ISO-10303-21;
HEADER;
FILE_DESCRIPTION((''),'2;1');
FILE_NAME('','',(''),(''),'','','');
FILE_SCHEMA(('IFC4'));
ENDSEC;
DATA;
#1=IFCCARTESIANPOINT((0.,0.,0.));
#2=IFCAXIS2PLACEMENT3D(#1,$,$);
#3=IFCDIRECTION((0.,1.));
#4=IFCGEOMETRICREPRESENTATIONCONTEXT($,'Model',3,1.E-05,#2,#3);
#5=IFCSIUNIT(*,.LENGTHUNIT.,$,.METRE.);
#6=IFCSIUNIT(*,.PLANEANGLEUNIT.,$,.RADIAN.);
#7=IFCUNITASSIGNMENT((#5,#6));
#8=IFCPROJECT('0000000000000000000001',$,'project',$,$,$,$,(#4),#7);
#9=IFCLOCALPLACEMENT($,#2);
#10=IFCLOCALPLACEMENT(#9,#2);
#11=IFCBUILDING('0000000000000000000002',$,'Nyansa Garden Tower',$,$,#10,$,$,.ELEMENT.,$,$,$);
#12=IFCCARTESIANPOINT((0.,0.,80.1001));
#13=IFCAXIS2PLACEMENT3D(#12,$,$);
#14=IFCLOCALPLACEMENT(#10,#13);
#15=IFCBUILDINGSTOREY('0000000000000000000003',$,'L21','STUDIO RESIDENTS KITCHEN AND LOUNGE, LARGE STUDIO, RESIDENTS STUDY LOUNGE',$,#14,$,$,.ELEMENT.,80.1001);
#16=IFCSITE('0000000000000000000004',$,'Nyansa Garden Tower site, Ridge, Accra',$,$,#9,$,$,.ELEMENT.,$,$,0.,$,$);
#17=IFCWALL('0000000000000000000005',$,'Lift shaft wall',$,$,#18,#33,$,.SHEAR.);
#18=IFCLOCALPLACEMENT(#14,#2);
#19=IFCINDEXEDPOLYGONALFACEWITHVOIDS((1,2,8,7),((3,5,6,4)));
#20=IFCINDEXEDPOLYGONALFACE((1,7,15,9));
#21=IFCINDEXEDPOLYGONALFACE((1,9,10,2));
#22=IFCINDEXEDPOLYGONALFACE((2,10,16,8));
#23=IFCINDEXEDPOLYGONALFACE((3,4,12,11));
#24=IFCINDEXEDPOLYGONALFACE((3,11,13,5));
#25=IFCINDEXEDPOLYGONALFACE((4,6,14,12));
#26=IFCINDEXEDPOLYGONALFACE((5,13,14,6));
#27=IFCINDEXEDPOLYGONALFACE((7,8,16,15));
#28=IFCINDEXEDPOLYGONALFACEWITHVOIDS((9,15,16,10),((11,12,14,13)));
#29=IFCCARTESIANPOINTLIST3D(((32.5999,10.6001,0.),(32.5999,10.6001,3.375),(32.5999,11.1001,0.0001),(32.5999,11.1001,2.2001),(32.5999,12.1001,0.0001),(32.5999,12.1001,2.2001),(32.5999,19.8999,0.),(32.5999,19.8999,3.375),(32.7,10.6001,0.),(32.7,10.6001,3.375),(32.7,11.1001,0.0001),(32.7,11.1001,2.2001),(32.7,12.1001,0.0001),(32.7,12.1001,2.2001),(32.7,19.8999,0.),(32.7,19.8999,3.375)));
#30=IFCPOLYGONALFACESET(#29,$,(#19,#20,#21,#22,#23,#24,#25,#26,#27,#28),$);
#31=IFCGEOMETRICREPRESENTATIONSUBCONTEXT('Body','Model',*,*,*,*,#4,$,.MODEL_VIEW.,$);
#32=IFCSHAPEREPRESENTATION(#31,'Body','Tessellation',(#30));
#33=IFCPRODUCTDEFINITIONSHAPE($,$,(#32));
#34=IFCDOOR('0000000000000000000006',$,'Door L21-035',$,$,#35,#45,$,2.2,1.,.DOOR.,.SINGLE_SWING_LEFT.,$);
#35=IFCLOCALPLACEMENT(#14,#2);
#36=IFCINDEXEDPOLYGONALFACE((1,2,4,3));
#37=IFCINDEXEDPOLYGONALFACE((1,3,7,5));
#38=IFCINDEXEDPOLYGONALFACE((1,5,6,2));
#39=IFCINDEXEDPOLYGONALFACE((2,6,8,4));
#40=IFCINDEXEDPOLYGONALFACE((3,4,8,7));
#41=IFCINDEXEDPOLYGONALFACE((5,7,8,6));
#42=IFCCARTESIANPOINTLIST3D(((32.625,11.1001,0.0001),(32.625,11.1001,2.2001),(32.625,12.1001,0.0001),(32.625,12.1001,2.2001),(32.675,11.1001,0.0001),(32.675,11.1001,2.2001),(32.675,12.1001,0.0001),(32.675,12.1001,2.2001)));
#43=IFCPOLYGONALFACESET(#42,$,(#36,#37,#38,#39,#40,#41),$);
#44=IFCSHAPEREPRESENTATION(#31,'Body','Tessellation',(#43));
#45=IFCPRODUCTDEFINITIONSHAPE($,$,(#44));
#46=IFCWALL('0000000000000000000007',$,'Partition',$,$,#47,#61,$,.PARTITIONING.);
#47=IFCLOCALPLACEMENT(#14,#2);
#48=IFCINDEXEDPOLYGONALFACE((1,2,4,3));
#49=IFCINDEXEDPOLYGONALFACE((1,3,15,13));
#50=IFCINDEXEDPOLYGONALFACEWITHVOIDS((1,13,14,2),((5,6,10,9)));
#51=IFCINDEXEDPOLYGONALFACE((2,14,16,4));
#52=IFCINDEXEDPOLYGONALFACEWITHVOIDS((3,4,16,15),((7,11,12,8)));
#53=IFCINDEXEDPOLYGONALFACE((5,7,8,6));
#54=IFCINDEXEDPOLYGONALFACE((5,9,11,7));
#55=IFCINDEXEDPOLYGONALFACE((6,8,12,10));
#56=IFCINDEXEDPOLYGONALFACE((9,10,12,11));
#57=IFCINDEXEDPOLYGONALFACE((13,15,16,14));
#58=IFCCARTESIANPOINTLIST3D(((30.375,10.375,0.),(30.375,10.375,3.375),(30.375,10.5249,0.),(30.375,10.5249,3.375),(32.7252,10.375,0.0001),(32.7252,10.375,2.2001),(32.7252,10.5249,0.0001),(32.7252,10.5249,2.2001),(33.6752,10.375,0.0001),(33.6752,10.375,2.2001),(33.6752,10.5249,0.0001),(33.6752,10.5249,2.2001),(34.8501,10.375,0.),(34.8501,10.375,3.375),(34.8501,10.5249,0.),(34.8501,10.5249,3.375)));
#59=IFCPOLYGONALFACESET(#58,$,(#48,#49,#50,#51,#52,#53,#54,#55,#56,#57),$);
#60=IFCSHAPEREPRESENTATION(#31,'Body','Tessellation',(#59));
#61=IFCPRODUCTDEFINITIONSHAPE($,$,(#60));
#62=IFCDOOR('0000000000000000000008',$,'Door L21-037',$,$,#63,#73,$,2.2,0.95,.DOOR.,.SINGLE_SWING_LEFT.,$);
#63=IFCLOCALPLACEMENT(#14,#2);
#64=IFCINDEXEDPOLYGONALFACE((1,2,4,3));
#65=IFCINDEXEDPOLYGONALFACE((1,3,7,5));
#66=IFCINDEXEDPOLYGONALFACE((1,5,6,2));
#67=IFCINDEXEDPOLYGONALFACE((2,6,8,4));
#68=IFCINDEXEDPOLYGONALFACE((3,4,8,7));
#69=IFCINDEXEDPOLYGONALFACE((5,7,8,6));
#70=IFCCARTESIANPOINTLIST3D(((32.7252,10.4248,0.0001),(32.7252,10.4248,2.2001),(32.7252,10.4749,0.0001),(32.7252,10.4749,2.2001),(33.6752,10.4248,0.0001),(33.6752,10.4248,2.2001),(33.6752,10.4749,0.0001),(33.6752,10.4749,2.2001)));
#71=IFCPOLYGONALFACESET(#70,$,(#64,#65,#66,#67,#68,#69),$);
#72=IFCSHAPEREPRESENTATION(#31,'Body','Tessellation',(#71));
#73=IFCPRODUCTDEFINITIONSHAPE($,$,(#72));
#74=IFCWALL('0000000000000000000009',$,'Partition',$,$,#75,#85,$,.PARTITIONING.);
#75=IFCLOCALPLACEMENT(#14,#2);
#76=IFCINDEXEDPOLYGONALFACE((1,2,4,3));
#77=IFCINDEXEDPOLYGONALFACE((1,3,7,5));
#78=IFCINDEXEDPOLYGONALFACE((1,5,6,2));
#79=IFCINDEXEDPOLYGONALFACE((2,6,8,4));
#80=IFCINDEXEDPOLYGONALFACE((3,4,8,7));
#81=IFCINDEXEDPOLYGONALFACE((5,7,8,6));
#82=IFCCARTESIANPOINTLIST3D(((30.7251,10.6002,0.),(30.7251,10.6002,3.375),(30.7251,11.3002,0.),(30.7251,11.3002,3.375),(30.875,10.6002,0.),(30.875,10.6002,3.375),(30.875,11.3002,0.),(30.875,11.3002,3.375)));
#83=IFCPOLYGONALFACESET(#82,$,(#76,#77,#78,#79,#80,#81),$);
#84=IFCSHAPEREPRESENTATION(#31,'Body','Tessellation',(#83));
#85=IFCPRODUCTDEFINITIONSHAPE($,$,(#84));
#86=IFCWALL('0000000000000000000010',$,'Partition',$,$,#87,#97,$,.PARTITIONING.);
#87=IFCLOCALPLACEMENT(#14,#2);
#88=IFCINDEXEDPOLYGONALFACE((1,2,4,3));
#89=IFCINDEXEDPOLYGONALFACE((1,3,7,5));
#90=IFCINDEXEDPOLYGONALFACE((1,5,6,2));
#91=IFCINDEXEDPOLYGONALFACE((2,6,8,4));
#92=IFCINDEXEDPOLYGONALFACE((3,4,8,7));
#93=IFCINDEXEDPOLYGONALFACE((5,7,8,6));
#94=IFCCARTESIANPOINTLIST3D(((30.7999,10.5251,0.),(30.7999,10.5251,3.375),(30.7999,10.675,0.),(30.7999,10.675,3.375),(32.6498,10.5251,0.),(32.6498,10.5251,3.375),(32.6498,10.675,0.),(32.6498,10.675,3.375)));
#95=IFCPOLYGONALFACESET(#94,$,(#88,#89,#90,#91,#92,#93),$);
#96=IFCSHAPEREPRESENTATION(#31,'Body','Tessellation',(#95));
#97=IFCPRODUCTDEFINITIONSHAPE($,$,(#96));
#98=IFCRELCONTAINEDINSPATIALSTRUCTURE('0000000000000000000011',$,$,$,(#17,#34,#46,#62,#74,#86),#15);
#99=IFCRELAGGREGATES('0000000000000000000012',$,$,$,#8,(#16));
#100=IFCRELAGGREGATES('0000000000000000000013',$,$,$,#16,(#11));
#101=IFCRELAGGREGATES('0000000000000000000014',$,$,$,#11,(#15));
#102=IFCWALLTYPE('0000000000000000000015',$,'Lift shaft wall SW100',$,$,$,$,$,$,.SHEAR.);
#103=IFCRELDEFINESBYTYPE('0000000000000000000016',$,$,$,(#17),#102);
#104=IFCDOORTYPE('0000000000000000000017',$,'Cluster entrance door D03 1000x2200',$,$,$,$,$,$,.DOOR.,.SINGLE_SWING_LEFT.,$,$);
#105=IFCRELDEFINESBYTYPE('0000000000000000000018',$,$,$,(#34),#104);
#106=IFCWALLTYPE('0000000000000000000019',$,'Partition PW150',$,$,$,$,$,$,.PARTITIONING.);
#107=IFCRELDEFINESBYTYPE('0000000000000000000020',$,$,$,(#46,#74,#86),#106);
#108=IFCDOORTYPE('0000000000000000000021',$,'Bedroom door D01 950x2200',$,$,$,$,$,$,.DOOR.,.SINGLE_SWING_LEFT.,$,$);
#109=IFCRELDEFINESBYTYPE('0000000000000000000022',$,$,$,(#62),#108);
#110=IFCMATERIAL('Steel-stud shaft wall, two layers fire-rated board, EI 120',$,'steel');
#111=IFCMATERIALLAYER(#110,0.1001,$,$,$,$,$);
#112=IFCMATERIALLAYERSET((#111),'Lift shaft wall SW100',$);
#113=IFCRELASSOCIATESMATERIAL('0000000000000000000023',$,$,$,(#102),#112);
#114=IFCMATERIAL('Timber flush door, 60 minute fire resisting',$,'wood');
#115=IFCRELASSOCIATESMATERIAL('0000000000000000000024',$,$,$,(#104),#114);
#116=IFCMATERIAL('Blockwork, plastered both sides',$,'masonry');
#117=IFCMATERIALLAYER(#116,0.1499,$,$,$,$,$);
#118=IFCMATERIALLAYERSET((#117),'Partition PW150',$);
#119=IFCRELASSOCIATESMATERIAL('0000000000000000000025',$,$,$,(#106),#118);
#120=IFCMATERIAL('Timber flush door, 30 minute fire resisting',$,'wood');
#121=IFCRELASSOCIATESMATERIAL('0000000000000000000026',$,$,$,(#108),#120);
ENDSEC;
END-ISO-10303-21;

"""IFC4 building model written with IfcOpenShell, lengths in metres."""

from ifc_helpers import new_model, si_unit, direction, frame, frame_2d, origin, place, context, subcontext, project, spatial, rectangle, extrude, material, layer, layer_set, type_object, element, fill, save


model = new_model("IFC4")

# Units and contexts
model_context = context("Model", 3, precision=1e-05, world=origin(), true_north=direction((0.0, 1.0)))
body_context = subcontext(model_context, "Body", "Model", "MODEL_VIEW")
ifc_project = project(units=[si_unit("LENGTHUNIT", "METRE"), si_unit("PLANEANGLEUNIT", "RADIAN")], contexts=[model_context])

# Site, building, storey
site_placement = place(None, origin())
site = spatial("IfcSite", under=ifc_project, at=site_placement, Name="Nyansa Garden Tower site, Ridge, Accra", CompositionType="ELEMENT", RefElevation=0.0)
building_placement = place(site_placement, origin())
building = spatial("IfcBuilding", under=site, at=building_placement, Name="Nyansa Garden Tower", CompositionType="ELEMENT")
storey_placement = place(building_placement, frame((0.0, 0.0, 80.1001)))
storey = spatial("IfcBuildingStorey", under=building, at=storey_placement, Name="L21", Description="STUDIO RESIDENTS KITCHEN AND LOUNGE, LARGE STUDIO, RESIDENTS STUDY LOUNGE", CompositionType="ELEMENT", Elevation=80.1001)

# Shared definitions
ifc_material_1 = material(Name="Steel-stud shaft wall, two layers fire-rated board, EI 120", Category="steel")
ifc_layer_1 = layer(ifc_material_1, 0.1001)
ifc_layer_set_1 = layer_set([ifc_layer_1], Name="Lift shaft wall SW100")
wall_type_1 = type_object("IfcWallType", Name="Lift shaft wall SW100", PredefinedType="SHEAR", material=ifc_layer_set_1)

# Walls, openings, doors
wall_1_placement = place(storey_placement, frame((32.6499, 10.6001, 0.0), z_axis=(0.0, 0.0, 1.0), x_axis=(0.0, 1.0, 0.0)))
wall_1 = element("IfcWall", 1, at=wall_1_placement, inside=storey, type_object=wall_type_1, Name="Lift shaft wall", PredefinedType="SHEAR", context=body_context, shape_type="SweptSolid", body=[
    extrude(rectangle(XDim=9.2998, YDim=0.1001, at=frame_2d((4.6499, 0.0))), origin(), (0.0, 0.0, 1.0), 3.375),
])
opening_1_placement = place(wall_1_placement, frame((0.5, 0.0, 0.0)))
opening_1 = element("IfcOpeningElement", 2, at=opening_1_placement, cuts=wall_1, PredefinedType="OPENING", context=body_context, shape_type="SweptSolid", body=[
    extrude(rectangle(XDim=1.0, YDim=2.2, at=frame_2d((0.5, 1.1001))), frame((0.0, 0.0601, 0.0), z_axis=(0.0, -1.0, 0.0), x_axis=(1.0, 0.0, 0.0)), (0.0, 0.0, 1.0), 0.1201),
])
ifc_material_2 = material(Name="Timber flush door, 60 minute fire resisting", Category="wood")
door_type_1 = type_object("IfcDoorType", Name="Cluster entrance door D03 1000x2200", OperationType="SINGLE_SWING_LEFT", PredefinedType="DOOR", material=ifc_material_2)
door_1_placement = place(opening_1_placement, origin())
door_1 = element("IfcDoor", 3, at=door_1_placement, inside=storey, type_object=door_type_1, Name="Door L21-035", OperationType="SINGLE_SWING_LEFT", OverallHeight=2.2, OverallWidth=1.0, PredefinedType="DOOR", context=body_context, shape_type="SweptSolid", body=[
    extrude(rectangle(XDim=1.0, YDim=2.2, at=frame_2d((0.5, 1.1001))), frame((0.0, 0.0249, 0.0), z_axis=(0.0, -1.0, 0.0), x_axis=(1.0, 0.0, 0.0)), (0.0, 0.0, 1.0), 0.05),
])
fill(opening_1, door_1)
ifc_material_3 = material(Name="Blockwork, plastered both sides", Category="masonry")
ifc_layer_2 = layer(ifc_material_3, 0.1499)
ifc_layer_set_2 = layer_set([ifc_layer_2], Name="Partition PW150")
wall_type_2 = type_object("IfcWallType", Name="Partition PW150", PredefinedType="PARTITIONING", material=ifc_layer_set_2)
wall_2_placement = place(storey_placement, frame((30.375, 10.45, 0.0), z_axis=(0.0, 0.0, 1.0), x_axis=(1.0, 0.0, 0.0)))
wall_2 = element("IfcWall", 4, at=wall_2_placement, inside=storey, type_object=wall_type_2, Name="Partition", PredefinedType="PARTITIONING", context=body_context, shape_type="SweptSolid", body=[
    extrude(rectangle(XDim=4.4751, YDim=0.1499, at=frame_2d((2.2375, 0.0))), origin(), (0.0, 0.0, 1.0), 3.375),
])
opening_2_placement = place(wall_2_placement, frame((2.3501, 0.0, 0.0)))
opening_2 = element("IfcOpeningElement", 5, at=opening_2_placement, cuts=wall_2, PredefinedType="OPENING", context=body_context, shape_type="SweptSolid", body=[
    extrude(rectangle(XDim=0.95, YDim=2.2, at=frame_2d((0.4751, 1.1001))), frame((0.0, 0.085, 0.0), z_axis=(0.0, -1.0, 0.0), x_axis=(1.0, 0.0, 0.0)), (0.0, 0.0, 1.0), 0.1699),
])
ifc_material_4 = material(Name="Timber flush door, 30 minute fire resisting", Category="wood")
door_type_2 = type_object("IfcDoorType", Name="Bedroom door D01 950x2200", OperationType="SINGLE_SWING_LEFT", PredefinedType="DOOR", material=ifc_material_4)
door_2_placement = place(opening_2_placement, origin())
door_2 = element("IfcDoor", 6, at=door_2_placement, inside=storey, type_object=door_type_2, Name="Door L21-037", OperationType="SINGLE_SWING_LEFT", OverallHeight=2.2, OverallWidth=0.95, PredefinedType="DOOR", context=body_context, shape_type="SweptSolid", body=[
    extrude(rectangle(XDim=0.95, YDim=2.2, at=frame_2d((0.4751, 1.1001))), frame((0.0, 0.0249, 0.0), z_axis=(0.0, -1.0, 0.0), x_axis=(1.0, 0.0, 0.0)), (0.0, 0.0, 1.0), 0.05),
])
fill(opening_2, door_2)

# Walls
wall_3_placement = place(storey_placement, frame((30.8, 10.6001, 0.0), z_axis=(0.0, 0.0, 1.0), x_axis=(0.0, 1.0, 0.0)))
element("IfcWall", 7, at=wall_3_placement, inside=storey, type_object=wall_type_2, Name="Partition", PredefinedType="PARTITIONING", context=body_context, shape_type="SweptSolid", body=[
    extrude(rectangle(XDim=0.7, YDim=0.1499, at=frame_2d((0.3501, 0.0))), origin(), (0.0, 0.0, 1.0), 3.375),
])
wall_4_placement = place(storey_placement, frame((30.8, 10.6001, 0.0), z_axis=(0.0, 0.0, 1.0), x_axis=(1.0, 0.0, 0.0)))
element("IfcWall", 8, at=wall_4_placement, inside=storey, type_object=wall_type_2, Name="Partition", PredefinedType="PARTITIONING", context=body_context, shape_type="SweptSolid", body=[
    extrude(rectangle(XDim=1.8499, YDim=0.1499, at=frame_2d((0.9248, 0.0))), origin(), (0.0, 0.0, 1.0), 3.375),
])

save(model, "model.ifc")
